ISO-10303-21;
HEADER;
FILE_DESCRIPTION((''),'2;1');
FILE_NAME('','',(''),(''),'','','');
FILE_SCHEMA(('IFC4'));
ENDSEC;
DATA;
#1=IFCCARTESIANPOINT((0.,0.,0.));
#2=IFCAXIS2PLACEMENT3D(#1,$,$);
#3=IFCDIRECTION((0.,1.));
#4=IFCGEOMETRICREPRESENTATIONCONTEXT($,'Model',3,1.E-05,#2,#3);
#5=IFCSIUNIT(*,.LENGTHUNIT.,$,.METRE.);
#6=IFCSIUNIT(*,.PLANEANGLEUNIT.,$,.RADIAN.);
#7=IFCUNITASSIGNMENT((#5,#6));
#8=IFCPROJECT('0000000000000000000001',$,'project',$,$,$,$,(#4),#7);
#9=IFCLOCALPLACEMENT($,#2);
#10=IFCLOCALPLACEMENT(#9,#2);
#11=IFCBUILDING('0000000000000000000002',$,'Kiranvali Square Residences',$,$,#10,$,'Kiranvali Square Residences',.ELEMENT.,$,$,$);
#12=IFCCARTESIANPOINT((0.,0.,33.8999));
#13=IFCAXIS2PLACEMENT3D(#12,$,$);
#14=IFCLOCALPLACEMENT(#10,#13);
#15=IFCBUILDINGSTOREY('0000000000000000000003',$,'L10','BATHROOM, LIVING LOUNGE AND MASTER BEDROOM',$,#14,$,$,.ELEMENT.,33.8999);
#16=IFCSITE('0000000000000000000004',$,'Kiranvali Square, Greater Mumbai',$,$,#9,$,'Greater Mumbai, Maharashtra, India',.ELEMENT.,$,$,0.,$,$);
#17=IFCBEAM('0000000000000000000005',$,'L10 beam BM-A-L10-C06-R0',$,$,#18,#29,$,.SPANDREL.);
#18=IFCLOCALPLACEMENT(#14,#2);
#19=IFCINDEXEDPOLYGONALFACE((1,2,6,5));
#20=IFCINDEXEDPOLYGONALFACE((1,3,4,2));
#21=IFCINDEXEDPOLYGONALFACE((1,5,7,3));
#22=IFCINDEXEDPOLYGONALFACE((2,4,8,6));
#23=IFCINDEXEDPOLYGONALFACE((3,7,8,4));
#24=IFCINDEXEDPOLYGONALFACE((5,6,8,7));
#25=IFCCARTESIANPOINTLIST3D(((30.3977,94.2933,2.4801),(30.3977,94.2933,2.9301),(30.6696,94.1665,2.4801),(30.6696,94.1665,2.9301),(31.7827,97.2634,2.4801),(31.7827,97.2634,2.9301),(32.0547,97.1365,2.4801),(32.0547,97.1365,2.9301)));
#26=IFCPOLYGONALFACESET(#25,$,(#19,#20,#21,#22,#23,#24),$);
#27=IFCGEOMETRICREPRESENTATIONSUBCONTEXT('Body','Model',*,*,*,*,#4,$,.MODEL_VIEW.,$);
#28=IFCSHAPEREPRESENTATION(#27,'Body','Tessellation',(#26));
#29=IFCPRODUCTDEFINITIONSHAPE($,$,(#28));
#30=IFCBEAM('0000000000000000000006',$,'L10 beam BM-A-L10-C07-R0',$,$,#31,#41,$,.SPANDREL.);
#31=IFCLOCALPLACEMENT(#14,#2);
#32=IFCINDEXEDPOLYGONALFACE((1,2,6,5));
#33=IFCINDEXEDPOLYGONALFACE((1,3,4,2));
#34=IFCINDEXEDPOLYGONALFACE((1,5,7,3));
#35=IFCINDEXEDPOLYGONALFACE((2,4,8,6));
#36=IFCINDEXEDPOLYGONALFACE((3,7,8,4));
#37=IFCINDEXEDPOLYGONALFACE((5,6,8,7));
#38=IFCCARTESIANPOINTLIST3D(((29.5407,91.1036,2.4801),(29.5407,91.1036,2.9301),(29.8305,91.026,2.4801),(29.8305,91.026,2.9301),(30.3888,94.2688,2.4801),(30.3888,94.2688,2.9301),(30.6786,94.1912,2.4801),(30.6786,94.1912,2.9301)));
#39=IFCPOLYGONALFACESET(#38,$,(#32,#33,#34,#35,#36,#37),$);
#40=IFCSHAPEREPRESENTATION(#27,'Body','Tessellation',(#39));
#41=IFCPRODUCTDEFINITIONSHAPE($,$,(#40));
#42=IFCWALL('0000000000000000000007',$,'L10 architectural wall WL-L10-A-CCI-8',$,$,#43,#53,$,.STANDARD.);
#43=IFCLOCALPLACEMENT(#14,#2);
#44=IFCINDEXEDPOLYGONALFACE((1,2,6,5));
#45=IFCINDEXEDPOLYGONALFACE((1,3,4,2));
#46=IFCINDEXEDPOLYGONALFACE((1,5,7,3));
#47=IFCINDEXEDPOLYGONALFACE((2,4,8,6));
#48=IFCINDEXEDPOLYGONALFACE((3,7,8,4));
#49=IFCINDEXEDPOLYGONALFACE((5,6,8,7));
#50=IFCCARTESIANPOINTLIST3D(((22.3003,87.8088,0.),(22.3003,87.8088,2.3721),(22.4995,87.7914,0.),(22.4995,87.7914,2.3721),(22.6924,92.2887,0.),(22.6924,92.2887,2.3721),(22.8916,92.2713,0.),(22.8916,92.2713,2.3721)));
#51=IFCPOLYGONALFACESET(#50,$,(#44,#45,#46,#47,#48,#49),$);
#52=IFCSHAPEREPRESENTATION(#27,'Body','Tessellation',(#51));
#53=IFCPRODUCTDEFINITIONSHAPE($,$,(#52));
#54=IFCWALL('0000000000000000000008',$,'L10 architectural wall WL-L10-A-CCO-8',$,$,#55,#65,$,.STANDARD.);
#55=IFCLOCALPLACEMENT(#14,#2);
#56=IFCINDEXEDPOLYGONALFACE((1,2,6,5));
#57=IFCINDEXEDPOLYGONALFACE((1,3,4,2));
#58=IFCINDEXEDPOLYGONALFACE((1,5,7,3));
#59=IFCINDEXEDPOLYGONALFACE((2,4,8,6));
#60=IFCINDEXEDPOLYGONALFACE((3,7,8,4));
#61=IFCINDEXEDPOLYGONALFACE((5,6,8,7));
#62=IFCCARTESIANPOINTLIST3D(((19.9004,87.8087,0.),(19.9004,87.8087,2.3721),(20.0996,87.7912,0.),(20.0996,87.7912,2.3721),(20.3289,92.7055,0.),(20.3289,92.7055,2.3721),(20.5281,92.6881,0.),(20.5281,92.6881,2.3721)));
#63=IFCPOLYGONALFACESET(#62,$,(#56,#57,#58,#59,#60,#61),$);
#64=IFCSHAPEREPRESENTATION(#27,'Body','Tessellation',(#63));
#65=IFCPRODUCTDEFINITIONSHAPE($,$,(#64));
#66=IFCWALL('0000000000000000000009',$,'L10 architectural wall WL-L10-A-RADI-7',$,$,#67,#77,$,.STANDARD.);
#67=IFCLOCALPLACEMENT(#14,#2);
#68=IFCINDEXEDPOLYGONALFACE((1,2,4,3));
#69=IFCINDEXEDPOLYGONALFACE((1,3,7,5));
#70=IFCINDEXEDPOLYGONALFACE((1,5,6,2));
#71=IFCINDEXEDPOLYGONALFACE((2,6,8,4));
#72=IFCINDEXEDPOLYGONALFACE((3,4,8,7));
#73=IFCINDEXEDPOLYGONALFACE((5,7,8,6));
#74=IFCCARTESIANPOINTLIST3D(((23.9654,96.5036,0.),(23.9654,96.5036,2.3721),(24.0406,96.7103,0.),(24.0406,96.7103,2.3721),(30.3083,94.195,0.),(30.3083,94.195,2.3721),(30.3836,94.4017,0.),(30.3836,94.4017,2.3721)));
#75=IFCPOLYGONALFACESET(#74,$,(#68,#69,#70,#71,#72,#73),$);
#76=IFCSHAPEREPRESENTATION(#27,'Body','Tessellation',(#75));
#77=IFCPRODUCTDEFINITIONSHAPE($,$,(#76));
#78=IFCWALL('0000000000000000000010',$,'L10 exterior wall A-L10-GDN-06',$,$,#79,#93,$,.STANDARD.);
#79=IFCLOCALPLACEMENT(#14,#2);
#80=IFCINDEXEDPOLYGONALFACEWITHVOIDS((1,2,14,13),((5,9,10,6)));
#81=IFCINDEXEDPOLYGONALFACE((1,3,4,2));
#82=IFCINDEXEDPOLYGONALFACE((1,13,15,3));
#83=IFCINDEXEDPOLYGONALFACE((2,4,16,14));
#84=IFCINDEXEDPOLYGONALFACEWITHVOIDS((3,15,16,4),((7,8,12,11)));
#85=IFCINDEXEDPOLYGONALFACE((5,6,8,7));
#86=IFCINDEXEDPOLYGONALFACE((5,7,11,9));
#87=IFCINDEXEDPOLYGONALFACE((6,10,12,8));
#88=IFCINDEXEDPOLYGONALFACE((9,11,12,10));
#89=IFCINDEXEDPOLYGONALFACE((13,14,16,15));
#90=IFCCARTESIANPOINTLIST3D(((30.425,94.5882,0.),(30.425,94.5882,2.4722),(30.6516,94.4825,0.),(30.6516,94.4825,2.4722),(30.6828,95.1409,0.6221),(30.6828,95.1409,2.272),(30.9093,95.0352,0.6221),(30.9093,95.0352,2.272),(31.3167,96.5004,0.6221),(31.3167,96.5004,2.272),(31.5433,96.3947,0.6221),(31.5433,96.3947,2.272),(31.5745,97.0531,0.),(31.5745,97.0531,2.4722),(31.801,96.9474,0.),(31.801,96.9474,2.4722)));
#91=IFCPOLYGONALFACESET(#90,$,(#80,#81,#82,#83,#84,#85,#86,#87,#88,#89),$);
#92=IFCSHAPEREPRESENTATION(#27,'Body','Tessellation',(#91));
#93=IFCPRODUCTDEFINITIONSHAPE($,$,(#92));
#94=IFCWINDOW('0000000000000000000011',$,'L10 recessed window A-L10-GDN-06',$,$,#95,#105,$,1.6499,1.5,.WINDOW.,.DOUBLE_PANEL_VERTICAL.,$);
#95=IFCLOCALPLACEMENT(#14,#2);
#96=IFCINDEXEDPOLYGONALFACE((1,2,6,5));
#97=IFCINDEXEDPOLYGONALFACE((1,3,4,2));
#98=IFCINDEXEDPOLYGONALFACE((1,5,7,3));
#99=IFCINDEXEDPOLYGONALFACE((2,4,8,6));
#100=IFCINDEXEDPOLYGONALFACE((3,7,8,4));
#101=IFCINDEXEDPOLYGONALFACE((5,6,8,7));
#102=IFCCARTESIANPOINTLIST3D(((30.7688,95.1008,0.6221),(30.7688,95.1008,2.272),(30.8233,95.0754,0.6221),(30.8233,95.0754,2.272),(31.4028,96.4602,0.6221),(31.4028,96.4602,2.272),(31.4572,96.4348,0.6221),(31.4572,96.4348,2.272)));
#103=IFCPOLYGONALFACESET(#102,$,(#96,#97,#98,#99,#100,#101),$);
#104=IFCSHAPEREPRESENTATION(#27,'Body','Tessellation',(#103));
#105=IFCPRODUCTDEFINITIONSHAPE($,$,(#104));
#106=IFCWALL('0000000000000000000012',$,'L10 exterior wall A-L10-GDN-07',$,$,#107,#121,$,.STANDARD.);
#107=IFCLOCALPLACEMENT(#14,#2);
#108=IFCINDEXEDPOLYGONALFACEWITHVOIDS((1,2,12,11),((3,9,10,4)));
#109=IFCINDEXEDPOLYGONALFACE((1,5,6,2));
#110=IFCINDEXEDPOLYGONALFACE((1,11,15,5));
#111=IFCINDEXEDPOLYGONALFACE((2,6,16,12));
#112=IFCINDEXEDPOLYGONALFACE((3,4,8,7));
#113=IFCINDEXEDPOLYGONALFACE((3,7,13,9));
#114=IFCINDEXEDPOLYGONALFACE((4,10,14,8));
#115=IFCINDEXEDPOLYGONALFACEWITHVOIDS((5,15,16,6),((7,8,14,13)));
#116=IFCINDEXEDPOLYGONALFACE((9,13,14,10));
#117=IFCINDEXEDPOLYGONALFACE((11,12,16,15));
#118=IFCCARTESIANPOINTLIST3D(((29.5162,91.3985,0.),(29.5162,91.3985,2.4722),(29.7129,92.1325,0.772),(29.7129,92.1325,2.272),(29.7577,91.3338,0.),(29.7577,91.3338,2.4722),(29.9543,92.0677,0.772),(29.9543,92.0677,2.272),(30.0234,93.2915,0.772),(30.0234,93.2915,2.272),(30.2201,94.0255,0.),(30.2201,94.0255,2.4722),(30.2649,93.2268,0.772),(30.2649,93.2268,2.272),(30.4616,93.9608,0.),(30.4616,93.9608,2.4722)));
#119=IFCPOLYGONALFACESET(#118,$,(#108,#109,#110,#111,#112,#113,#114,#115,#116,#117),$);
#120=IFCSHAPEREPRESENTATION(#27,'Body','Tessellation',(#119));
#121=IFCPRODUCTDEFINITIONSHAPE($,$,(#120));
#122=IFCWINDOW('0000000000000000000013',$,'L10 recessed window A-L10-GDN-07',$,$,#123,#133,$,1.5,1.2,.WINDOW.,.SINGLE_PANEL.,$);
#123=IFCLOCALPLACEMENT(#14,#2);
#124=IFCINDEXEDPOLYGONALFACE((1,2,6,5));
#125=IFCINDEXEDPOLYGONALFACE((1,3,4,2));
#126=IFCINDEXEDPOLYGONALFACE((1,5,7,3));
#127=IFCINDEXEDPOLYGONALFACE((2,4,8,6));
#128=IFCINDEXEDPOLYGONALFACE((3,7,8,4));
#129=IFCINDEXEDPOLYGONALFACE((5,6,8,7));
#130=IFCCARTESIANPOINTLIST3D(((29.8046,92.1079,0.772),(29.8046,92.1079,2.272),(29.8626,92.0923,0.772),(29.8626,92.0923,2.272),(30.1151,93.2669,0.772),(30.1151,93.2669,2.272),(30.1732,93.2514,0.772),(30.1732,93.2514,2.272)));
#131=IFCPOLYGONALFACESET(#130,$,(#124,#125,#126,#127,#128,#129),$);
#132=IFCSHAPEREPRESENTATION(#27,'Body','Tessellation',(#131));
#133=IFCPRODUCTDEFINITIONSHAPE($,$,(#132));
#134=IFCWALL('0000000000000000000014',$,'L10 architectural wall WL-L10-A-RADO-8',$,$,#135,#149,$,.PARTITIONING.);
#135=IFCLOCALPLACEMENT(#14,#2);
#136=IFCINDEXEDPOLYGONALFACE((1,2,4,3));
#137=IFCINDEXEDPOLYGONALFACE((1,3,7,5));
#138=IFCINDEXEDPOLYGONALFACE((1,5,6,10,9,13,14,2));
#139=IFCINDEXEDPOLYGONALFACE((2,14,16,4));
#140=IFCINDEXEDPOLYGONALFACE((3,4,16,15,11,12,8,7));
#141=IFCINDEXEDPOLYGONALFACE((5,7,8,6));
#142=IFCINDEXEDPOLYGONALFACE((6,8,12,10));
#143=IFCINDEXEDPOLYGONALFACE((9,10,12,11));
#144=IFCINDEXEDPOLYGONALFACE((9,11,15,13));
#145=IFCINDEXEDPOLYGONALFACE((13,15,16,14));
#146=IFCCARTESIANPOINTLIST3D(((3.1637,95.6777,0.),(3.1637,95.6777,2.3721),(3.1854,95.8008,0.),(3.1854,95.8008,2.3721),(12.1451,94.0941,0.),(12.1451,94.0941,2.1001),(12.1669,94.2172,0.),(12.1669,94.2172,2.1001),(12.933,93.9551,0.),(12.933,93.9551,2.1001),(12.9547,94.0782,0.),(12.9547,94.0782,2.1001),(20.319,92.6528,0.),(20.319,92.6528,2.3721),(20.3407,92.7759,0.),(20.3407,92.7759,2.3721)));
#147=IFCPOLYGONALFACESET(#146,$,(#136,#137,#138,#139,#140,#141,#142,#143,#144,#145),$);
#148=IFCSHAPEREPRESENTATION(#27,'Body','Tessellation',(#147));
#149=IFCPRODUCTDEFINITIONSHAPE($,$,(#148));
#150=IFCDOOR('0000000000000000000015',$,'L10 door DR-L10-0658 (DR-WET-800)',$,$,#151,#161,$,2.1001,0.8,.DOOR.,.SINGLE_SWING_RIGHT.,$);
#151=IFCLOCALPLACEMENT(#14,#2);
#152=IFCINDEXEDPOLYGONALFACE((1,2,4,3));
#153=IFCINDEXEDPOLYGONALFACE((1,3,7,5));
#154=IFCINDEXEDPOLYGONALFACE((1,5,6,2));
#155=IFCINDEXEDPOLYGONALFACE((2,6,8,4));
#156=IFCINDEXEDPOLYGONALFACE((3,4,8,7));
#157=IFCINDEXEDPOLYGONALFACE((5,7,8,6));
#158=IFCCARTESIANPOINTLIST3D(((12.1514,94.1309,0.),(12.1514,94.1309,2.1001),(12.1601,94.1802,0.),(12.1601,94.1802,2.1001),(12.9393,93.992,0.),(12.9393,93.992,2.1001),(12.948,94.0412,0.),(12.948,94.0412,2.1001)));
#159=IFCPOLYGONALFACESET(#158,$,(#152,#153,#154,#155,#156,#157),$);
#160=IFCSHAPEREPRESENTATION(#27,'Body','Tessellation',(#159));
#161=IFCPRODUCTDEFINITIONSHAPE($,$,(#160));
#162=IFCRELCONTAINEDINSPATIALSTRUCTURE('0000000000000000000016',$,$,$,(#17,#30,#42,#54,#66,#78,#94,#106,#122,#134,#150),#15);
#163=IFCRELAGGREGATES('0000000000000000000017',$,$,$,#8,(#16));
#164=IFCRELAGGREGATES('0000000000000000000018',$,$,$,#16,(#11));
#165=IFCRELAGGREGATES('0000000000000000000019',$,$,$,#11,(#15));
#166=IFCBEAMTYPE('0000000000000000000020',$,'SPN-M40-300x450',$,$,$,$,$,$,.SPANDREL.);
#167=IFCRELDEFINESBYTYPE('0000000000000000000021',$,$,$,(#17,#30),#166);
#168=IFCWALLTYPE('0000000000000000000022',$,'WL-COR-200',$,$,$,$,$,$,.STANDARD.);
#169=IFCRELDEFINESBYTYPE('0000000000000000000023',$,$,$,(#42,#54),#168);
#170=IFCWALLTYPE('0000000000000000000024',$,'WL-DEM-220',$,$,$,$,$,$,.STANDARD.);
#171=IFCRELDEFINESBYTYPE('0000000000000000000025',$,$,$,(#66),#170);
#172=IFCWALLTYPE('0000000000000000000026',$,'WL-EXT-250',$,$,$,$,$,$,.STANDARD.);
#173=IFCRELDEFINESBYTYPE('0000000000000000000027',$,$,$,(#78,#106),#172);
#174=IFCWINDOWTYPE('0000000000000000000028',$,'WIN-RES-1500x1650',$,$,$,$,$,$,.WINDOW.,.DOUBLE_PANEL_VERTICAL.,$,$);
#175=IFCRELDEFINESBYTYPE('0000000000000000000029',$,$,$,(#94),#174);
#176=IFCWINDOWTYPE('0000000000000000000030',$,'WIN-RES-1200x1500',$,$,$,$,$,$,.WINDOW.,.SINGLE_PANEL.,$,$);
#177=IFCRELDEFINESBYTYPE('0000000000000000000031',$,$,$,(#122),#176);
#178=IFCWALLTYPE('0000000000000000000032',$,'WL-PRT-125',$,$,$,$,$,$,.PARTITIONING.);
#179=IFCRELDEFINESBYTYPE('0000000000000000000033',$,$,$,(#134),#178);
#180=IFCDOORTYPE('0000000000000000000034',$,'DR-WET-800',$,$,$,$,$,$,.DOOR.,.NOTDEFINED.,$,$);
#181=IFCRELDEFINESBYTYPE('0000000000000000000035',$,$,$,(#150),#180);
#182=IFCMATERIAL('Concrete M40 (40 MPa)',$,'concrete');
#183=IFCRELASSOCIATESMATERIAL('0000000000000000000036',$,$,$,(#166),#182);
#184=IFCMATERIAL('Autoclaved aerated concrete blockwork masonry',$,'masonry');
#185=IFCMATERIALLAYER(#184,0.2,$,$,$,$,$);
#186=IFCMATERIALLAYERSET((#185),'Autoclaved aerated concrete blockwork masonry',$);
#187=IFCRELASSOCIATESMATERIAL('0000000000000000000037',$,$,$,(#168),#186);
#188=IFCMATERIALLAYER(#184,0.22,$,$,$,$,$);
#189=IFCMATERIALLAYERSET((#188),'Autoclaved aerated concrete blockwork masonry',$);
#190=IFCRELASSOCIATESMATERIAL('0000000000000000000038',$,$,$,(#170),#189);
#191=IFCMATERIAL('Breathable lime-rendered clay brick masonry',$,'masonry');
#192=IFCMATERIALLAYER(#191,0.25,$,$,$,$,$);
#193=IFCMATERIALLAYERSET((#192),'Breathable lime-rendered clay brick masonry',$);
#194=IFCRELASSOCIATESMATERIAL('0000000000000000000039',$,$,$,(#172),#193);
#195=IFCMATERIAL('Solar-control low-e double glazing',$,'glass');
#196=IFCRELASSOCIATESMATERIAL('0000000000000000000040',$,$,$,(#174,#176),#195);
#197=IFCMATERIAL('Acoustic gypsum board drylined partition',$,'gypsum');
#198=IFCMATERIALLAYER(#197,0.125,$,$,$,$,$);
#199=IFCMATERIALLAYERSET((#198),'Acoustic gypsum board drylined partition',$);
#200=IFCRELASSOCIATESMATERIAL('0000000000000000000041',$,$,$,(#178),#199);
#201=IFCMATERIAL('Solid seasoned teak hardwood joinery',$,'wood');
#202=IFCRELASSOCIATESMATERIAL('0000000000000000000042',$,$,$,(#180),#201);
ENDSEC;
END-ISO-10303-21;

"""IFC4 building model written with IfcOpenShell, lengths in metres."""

from ifc_helpers import new_model, si_unit, direction, frame, frame_2d, origin, origin_2d, place, context, subcontext, project, spatial, rectangle, extrude, material, layer, layer_set, material_profile, profile_set, type_object, element, fill, save


model = new_model("IFC4")

# Units and contexts
model_context = context("Model", 3, precision=1e-05, world=origin(), true_north=direction((0.0, 1.0)))
body_context = subcontext(model_context, "Body", "Model", "MODEL_VIEW")
ifc_project = project(units=[si_unit("LENGTHUNIT", "METRE"), si_unit("PLANEANGLEUNIT", "RADIAN")], contexts=[model_context])

# Site, building, storey
site_placement = place(None, origin())
site = spatial("IfcSite", under=ifc_project, at=site_placement, Name="Kiranvali Square, Greater Mumbai", LongName="Greater Mumbai, Maharashtra, India", CompositionType="ELEMENT", RefElevation=0.0)
building_placement = place(site_placement, origin())
building = spatial("IfcBuilding", under=site, at=building_placement, Name="Kiranvali Square Residences", LongName="Kiranvali Square Residences", CompositionType="ELEMENT")
storey_placement = place(building_placement, frame((0.0, 0.0, 33.8999)))
storey = spatial("IfcBuildingStorey", under=building, at=storey_placement, Name="L10", Description="BATHROOM, LIVING LOUNGE AND MASTER BEDROOM", CompositionType="ELEMENT", Elevation=33.8999)

# Shared definitions
ifc_material_1 = material(Name="Concrete M40 (40 MPa)", Category="concrete")

# Beams
ifc_material_profile_1 = material_profile(ifc_material_1, rectangle(XDim=0.3, YDim=0.45, at=origin_2d()), Name="RC 300x450")
ifc_profile_set_1 = profile_set([ifc_material_profile_1], Name="Concrete M40 (40 MPa)")
beam_type_1 = type_object("IfcBeamType", Name="SPN-M40-300x450", PredefinedType="SPANDREL", material=ifc_profile_set_1)
beam_1_placement = place(storey_placement, frame((31.9187, 97.2, 2.7051), z_axis=(-0.422641, -0.906297, 0.0), x_axis=(0.906297, -0.422641, 0.0)))
element("IfcBeam", 1, at=beam_1_placement, inside=storey, type_object=beam_type_1, Name="L10 beam BM-A-L10-C06-R0", PredefinedType="SPANDREL", context=body_context, shape_type="SweptSolid", body=[
    extrude(rectangle(XDim=0.3, YDim=0.45, at=origin_2d()), origin(), (0.0, 0.0, 1.0), 3.2771),
])
beam_2_placement = place(storey_placement, frame((30.5337, 94.23, 2.7051), z_axis=(-0.258822, -0.965925, 0.0), x_axis=(0.965925, -0.258822, 0.0)))
element("IfcBeam", 2, at=beam_2_placement, inside=storey, type_object=beam_type_1, Name="L10 beam BM-A-L10-C07-R0", PredefinedType="SPANDREL", context=body_context, shape_type="SweptSolid", body=[
    extrude(rectangle(XDim=0.3, YDim=0.45, at=origin_2d()), origin(), (0.0, 0.0, 1.0), 3.2769),
])

# Shared definitions
ifc_material_2 = material(Name="Autoclaved aerated concrete blockwork masonry", Category="masonry")
ifc_layer_1 = layer(ifc_material_2, 0.2)
ifc_layer_set_1 = layer_set([ifc_layer_1], Name="Autoclaved aerated concrete blockwork masonry")
wall_type_1 = type_object("IfcWallType", Name="WL-COR-200", PredefinedType="STANDARD", material=ifc_layer_set_1)

# Walls
wall_1_placement = place(storey_placement, frame((22.792, 92.28, 0.0), z_axis=(0.0, 0.0, 1.0), x_axis=(-0.087187, -0.996192, 0.0)))
element("IfcWall", 3, at=wall_1_placement, inside=storey, type_object=wall_type_1, Name="L10 architectural wall WL-L10-A-CCI-8", PredefinedType="STANDARD", context=body_context, shape_type="SweptSolid", body=[
    extrude(rectangle(XDim=4.4971, YDim=0.2, at=frame_2d((2.2485, 0.0))), origin(), (0.0, 0.0, 1.0), 2.3721),
])
wall_2_placement = place(storey_placement, frame((20.4285, 92.6968, 0.0), z_axis=(0.0, 0.0, 1.0), x_axis=(-0.087168, -0.996194, 0.0)))
element("IfcWall", 4, at=wall_2_placement, inside=storey, type_object=wall_type_1, Name="L10 architectural wall WL-L10-A-CCO-8", PredefinedType="STANDARD", context=body_context, shape_type="SweptSolid", body=[
    extrude(rectangle(XDim=4.9155, YDim=0.2, at=frame_2d((2.4578, 0.0))), origin(), (0.0, 0.0, 1.0), 2.3721),
])
ifc_layer_2 = layer(ifc_material_2, 0.22)
ifc_layer_set_2 = layer_set([ifc_layer_2], Name="Autoclaved aerated concrete blockwork masonry")
wall_type_2 = type_object("IfcWallType", Name="WL-DEM-220", PredefinedType="STANDARD", material=ifc_layer_set_2)
wall_3_placement = place(storey_placement, frame((30.3459, 94.2983, 0.0), z_axis=(0.0, 0.0, 1.0), x_axis=(-0.939696, 0.34201, 0.0)))
element("IfcWall", 5, at=wall_3_placement, inside=storey, type_object=wall_type_2, Name="L10 architectural wall WL-L10-A-RADI-7", PredefinedType="STANDARD", context=body_context, shape_type="SweptSolid", body=[
    extrude(rectangle(XDim=6.75, YDim=0.22, at=frame_2d((3.375, 0.0))), origin(), (0.0, 0.0, 1.0), 2.3721),
])

# Walls, openings, windows
ifc_material_3 = material(Name="Breathable lime-rendered clay brick masonry", Category="masonry")
ifc_layer_3 = layer(ifc_material_3, 0.25)
ifc_layer_set_3 = layer_set([ifc_layer_3], Name="Breathable lime-rendered clay brick masonry")
wall_type_3 = type_object("IfcWallType", Name="WL-EXT-250", PredefinedType="STANDARD", material=ifc_layer_set_3)
wall_4_placement = place(storey_placement, frame((31.6877, 97.0002, 0.0), z_axis=(0.0, 0.0, 1.0), x_axis=(-0.42263, -0.906302, 0.0)))
wall_4 = element("IfcWall", 6, at=wall_4_placement, inside=storey, type_object=wall_type_3, Name="L10 exterior wall A-L10-GDN-06", PredefinedType="STANDARD", context=body_context, shape_type="SweptSolid", body=[
    extrude(rectangle(XDim=2.7197, YDim=0.25, at=frame_2d((1.3599, 0.0))), origin(), (0.0, 0.0, 1.0), 2.4722),
])
opening_1_placement = place(wall_4_placement, frame((0.6099, 0.0, 0.6221)))
opening_1 = element("IfcOpeningElement", 7, at=opening_1_placement, cuts=wall_4, PredefinedType="OPENING", context=body_context, shape_type="SweptSolid", body=[
    extrude(rectangle(XDim=1.5, YDim=1.6499, at=frame_2d((0.75, 0.825))), frame((0.0, 0.135, 0.0), z_axis=(0.0, -1.0, 0.0), x_axis=(1.0, 0.0, 0.0)), (0.0, 0.0, 1.0), 0.27),
])
ifc_material_4 = material(Name="Solar-control low-e double glazing", Category="glass")
window_type_1 = type_object("IfcWindowType", Name="WIN-RES-1500x1650", PartitioningType="DOUBLE_PANEL_VERTICAL", PredefinedType="WINDOW", material=ifc_material_4)
window_1_placement = place(opening_1_placement, origin())
window_1 = element("IfcWindow", 8, at=window_1_placement, inside=storey, type_object=window_type_1, Name="L10 recessed window A-L10-GDN-06", OverallHeight=1.6499, OverallWidth=1.5, PartitioningType="DOUBLE_PANEL_VERTICAL", PredefinedType="WINDOW", context=body_context, shape_type="SweptSolid", body=[
    extrude(rectangle(XDim=1.5, YDim=1.6499, at=frame_2d((0.75, 0.825))), frame((0.0, 0.03, 0.0), z_axis=(0.0, -1.0, 0.0), x_axis=(1.0, 0.0, 0.0)), (0.0, 0.0, 1.0), 0.0601),
])
fill(opening_1, window_1)
wall_5_placement = place(storey_placement, frame((30.3408, 93.9932, 0.0), z_axis=(0.0, 0.0, 1.0), x_axis=(-0.258808, -0.965929, 0.0)))
wall_5 = element("IfcWall", 9, at=wall_5_placement, inside=storey, type_object=wall_type_3, Name="L10 exterior wall A-L10-GDN-07", PredefinedType="STANDARD", context=body_context, shape_type="SweptSolid", body=[
    extrude(rectangle(XDim=2.7197, YDim=0.25, at=frame_2d((1.3599, 0.0))), origin(), (0.0, 0.0, 1.0), 2.4722),
])
opening_2_placement = place(wall_5_placement, frame((0.7598, 0.0, 0.772)))
opening_2 = element("IfcOpeningElement", 10, at=opening_2_placement, cuts=wall_5, PredefinedType="OPENING", context=body_context, shape_type="SweptSolid", body=[
    extrude(rectangle(XDim=1.2, YDim=1.5, at=frame_2d((0.6001, 0.75))), frame((0.0, 0.135, 0.0), z_axis=(0.0, -1.0, 0.0), x_axis=(1.0, 0.0, 0.0)), (0.0, 0.0, 1.0), 0.27),
])
window_type_2 = type_object("IfcWindowType", Name="WIN-RES-1200x1500", PartitioningType="SINGLE_PANEL", PredefinedType="WINDOW", material=ifc_material_4)
window_2_placement = place(opening_2_placement, origin())
window_2 = element("IfcWindow", 11, at=window_2_placement, inside=storey, type_object=window_type_2, Name="L10 recessed window A-L10-GDN-07", OverallHeight=1.5, OverallWidth=1.2, PartitioningType="SINGLE_PANEL", PredefinedType="WINDOW", context=body_context, shape_type="SweptSolid", body=[
    extrude(rectangle(XDim=1.2, YDim=1.5, at=frame_2d((0.6001, 0.75))), frame((0.0, 0.03, 0.0), z_axis=(0.0, -1.0, 0.0), x_axis=(1.0, 0.0, 0.0)), (0.0, 0.0, 1.0), 0.0601),
])
fill(opening_2, window_2)

# Wall, opening, door
ifc_material_5 = material(Name="Acoustic gypsum board drylined partition", Category="gypsum")
ifc_layer_4 = layer(ifc_material_5, 0.125)
ifc_layer_set_4 = layer_set([ifc_layer_4], Name="Acoustic gypsum board drylined partition")
wall_type_4 = type_object("IfcWallType", Name="WL-PRT-125", PredefinedType="PARTITIONING", material=ifc_layer_set_4)
wall_6_placement = place(storey_placement, frame((20.3298, 92.7144, 0.0), z_axis=(0.0, 0.0, 1.0), x_axis=(-0.984808, 0.173646, 0.0)))
wall_6 = element("IfcWall", 12, at=wall_6_placement, inside=storey, type_object=wall_type_4, Name="L10 architectural wall WL-L10-A-RADO-8", PredefinedType="PARTITIONING", context=body_context, shape_type="SweptSolid", body=[
    extrude(rectangle(XDim=17.4199, YDim=0.125, at=frame_2d((8.71, 0.0))), origin(), (0.0, 0.0, 1.0), 2.3721),
])
opening_3_placement = place(wall_6_placement, frame((7.5, 0.0, 0.0)))
opening_3 = element("IfcOpeningElement", 13, at=opening_3_placement, cuts=wall_6, PredefinedType="OPENING", context=body_context, shape_type="SweptSolid", body=[
    extrude(rectangle(XDim=0.8, YDim=2.1001, at=frame_2d((0.3999, 1.05))), frame((0.0, 0.0725, 0.0), z_axis=(0.0, -1.0, 0.0), x_axis=(1.0, 0.0, 0.0)), (0.0, 0.0, 1.0), 0.145),
])
ifc_material_6 = material(Name="Solid seasoned teak hardwood joinery", Category="wood")
door_type_1 = type_object("IfcDoorType", Name="DR-WET-800", OperationType="NOTDEFINED", PredefinedType="DOOR", material=ifc_material_6)
door_1_placement = place(opening_3_placement, frame((0.8, 0.0, 0.0), z_axis=(0.0, 0.0, 1.0), x_axis=(-1.0, 0.0, 0.0)))
door_1 = element("IfcDoor", 14, at=door_1_placement, inside=storey, type_object=door_type_1, Name="L10 door DR-L10-0658 (DR-WET-800)", OperationType="SINGLE_SWING_RIGHT", OverallHeight=2.1001, OverallWidth=0.8, PredefinedType="DOOR", context=body_context, shape_type="SweptSolid", body=[
    extrude(rectangle(XDim=0.8, YDim=2.1001, at=frame_2d((0.3999, 1.05))), frame((0.0, 0.0249, 0.0), z_axis=(0.0, -1.0, 0.0), x_axis=(1.0, 0.0, 0.0)), (0.0, 0.0, 1.0), 0.05),
])
fill(opening_3, door_1)

save(model, "model.ifc")
